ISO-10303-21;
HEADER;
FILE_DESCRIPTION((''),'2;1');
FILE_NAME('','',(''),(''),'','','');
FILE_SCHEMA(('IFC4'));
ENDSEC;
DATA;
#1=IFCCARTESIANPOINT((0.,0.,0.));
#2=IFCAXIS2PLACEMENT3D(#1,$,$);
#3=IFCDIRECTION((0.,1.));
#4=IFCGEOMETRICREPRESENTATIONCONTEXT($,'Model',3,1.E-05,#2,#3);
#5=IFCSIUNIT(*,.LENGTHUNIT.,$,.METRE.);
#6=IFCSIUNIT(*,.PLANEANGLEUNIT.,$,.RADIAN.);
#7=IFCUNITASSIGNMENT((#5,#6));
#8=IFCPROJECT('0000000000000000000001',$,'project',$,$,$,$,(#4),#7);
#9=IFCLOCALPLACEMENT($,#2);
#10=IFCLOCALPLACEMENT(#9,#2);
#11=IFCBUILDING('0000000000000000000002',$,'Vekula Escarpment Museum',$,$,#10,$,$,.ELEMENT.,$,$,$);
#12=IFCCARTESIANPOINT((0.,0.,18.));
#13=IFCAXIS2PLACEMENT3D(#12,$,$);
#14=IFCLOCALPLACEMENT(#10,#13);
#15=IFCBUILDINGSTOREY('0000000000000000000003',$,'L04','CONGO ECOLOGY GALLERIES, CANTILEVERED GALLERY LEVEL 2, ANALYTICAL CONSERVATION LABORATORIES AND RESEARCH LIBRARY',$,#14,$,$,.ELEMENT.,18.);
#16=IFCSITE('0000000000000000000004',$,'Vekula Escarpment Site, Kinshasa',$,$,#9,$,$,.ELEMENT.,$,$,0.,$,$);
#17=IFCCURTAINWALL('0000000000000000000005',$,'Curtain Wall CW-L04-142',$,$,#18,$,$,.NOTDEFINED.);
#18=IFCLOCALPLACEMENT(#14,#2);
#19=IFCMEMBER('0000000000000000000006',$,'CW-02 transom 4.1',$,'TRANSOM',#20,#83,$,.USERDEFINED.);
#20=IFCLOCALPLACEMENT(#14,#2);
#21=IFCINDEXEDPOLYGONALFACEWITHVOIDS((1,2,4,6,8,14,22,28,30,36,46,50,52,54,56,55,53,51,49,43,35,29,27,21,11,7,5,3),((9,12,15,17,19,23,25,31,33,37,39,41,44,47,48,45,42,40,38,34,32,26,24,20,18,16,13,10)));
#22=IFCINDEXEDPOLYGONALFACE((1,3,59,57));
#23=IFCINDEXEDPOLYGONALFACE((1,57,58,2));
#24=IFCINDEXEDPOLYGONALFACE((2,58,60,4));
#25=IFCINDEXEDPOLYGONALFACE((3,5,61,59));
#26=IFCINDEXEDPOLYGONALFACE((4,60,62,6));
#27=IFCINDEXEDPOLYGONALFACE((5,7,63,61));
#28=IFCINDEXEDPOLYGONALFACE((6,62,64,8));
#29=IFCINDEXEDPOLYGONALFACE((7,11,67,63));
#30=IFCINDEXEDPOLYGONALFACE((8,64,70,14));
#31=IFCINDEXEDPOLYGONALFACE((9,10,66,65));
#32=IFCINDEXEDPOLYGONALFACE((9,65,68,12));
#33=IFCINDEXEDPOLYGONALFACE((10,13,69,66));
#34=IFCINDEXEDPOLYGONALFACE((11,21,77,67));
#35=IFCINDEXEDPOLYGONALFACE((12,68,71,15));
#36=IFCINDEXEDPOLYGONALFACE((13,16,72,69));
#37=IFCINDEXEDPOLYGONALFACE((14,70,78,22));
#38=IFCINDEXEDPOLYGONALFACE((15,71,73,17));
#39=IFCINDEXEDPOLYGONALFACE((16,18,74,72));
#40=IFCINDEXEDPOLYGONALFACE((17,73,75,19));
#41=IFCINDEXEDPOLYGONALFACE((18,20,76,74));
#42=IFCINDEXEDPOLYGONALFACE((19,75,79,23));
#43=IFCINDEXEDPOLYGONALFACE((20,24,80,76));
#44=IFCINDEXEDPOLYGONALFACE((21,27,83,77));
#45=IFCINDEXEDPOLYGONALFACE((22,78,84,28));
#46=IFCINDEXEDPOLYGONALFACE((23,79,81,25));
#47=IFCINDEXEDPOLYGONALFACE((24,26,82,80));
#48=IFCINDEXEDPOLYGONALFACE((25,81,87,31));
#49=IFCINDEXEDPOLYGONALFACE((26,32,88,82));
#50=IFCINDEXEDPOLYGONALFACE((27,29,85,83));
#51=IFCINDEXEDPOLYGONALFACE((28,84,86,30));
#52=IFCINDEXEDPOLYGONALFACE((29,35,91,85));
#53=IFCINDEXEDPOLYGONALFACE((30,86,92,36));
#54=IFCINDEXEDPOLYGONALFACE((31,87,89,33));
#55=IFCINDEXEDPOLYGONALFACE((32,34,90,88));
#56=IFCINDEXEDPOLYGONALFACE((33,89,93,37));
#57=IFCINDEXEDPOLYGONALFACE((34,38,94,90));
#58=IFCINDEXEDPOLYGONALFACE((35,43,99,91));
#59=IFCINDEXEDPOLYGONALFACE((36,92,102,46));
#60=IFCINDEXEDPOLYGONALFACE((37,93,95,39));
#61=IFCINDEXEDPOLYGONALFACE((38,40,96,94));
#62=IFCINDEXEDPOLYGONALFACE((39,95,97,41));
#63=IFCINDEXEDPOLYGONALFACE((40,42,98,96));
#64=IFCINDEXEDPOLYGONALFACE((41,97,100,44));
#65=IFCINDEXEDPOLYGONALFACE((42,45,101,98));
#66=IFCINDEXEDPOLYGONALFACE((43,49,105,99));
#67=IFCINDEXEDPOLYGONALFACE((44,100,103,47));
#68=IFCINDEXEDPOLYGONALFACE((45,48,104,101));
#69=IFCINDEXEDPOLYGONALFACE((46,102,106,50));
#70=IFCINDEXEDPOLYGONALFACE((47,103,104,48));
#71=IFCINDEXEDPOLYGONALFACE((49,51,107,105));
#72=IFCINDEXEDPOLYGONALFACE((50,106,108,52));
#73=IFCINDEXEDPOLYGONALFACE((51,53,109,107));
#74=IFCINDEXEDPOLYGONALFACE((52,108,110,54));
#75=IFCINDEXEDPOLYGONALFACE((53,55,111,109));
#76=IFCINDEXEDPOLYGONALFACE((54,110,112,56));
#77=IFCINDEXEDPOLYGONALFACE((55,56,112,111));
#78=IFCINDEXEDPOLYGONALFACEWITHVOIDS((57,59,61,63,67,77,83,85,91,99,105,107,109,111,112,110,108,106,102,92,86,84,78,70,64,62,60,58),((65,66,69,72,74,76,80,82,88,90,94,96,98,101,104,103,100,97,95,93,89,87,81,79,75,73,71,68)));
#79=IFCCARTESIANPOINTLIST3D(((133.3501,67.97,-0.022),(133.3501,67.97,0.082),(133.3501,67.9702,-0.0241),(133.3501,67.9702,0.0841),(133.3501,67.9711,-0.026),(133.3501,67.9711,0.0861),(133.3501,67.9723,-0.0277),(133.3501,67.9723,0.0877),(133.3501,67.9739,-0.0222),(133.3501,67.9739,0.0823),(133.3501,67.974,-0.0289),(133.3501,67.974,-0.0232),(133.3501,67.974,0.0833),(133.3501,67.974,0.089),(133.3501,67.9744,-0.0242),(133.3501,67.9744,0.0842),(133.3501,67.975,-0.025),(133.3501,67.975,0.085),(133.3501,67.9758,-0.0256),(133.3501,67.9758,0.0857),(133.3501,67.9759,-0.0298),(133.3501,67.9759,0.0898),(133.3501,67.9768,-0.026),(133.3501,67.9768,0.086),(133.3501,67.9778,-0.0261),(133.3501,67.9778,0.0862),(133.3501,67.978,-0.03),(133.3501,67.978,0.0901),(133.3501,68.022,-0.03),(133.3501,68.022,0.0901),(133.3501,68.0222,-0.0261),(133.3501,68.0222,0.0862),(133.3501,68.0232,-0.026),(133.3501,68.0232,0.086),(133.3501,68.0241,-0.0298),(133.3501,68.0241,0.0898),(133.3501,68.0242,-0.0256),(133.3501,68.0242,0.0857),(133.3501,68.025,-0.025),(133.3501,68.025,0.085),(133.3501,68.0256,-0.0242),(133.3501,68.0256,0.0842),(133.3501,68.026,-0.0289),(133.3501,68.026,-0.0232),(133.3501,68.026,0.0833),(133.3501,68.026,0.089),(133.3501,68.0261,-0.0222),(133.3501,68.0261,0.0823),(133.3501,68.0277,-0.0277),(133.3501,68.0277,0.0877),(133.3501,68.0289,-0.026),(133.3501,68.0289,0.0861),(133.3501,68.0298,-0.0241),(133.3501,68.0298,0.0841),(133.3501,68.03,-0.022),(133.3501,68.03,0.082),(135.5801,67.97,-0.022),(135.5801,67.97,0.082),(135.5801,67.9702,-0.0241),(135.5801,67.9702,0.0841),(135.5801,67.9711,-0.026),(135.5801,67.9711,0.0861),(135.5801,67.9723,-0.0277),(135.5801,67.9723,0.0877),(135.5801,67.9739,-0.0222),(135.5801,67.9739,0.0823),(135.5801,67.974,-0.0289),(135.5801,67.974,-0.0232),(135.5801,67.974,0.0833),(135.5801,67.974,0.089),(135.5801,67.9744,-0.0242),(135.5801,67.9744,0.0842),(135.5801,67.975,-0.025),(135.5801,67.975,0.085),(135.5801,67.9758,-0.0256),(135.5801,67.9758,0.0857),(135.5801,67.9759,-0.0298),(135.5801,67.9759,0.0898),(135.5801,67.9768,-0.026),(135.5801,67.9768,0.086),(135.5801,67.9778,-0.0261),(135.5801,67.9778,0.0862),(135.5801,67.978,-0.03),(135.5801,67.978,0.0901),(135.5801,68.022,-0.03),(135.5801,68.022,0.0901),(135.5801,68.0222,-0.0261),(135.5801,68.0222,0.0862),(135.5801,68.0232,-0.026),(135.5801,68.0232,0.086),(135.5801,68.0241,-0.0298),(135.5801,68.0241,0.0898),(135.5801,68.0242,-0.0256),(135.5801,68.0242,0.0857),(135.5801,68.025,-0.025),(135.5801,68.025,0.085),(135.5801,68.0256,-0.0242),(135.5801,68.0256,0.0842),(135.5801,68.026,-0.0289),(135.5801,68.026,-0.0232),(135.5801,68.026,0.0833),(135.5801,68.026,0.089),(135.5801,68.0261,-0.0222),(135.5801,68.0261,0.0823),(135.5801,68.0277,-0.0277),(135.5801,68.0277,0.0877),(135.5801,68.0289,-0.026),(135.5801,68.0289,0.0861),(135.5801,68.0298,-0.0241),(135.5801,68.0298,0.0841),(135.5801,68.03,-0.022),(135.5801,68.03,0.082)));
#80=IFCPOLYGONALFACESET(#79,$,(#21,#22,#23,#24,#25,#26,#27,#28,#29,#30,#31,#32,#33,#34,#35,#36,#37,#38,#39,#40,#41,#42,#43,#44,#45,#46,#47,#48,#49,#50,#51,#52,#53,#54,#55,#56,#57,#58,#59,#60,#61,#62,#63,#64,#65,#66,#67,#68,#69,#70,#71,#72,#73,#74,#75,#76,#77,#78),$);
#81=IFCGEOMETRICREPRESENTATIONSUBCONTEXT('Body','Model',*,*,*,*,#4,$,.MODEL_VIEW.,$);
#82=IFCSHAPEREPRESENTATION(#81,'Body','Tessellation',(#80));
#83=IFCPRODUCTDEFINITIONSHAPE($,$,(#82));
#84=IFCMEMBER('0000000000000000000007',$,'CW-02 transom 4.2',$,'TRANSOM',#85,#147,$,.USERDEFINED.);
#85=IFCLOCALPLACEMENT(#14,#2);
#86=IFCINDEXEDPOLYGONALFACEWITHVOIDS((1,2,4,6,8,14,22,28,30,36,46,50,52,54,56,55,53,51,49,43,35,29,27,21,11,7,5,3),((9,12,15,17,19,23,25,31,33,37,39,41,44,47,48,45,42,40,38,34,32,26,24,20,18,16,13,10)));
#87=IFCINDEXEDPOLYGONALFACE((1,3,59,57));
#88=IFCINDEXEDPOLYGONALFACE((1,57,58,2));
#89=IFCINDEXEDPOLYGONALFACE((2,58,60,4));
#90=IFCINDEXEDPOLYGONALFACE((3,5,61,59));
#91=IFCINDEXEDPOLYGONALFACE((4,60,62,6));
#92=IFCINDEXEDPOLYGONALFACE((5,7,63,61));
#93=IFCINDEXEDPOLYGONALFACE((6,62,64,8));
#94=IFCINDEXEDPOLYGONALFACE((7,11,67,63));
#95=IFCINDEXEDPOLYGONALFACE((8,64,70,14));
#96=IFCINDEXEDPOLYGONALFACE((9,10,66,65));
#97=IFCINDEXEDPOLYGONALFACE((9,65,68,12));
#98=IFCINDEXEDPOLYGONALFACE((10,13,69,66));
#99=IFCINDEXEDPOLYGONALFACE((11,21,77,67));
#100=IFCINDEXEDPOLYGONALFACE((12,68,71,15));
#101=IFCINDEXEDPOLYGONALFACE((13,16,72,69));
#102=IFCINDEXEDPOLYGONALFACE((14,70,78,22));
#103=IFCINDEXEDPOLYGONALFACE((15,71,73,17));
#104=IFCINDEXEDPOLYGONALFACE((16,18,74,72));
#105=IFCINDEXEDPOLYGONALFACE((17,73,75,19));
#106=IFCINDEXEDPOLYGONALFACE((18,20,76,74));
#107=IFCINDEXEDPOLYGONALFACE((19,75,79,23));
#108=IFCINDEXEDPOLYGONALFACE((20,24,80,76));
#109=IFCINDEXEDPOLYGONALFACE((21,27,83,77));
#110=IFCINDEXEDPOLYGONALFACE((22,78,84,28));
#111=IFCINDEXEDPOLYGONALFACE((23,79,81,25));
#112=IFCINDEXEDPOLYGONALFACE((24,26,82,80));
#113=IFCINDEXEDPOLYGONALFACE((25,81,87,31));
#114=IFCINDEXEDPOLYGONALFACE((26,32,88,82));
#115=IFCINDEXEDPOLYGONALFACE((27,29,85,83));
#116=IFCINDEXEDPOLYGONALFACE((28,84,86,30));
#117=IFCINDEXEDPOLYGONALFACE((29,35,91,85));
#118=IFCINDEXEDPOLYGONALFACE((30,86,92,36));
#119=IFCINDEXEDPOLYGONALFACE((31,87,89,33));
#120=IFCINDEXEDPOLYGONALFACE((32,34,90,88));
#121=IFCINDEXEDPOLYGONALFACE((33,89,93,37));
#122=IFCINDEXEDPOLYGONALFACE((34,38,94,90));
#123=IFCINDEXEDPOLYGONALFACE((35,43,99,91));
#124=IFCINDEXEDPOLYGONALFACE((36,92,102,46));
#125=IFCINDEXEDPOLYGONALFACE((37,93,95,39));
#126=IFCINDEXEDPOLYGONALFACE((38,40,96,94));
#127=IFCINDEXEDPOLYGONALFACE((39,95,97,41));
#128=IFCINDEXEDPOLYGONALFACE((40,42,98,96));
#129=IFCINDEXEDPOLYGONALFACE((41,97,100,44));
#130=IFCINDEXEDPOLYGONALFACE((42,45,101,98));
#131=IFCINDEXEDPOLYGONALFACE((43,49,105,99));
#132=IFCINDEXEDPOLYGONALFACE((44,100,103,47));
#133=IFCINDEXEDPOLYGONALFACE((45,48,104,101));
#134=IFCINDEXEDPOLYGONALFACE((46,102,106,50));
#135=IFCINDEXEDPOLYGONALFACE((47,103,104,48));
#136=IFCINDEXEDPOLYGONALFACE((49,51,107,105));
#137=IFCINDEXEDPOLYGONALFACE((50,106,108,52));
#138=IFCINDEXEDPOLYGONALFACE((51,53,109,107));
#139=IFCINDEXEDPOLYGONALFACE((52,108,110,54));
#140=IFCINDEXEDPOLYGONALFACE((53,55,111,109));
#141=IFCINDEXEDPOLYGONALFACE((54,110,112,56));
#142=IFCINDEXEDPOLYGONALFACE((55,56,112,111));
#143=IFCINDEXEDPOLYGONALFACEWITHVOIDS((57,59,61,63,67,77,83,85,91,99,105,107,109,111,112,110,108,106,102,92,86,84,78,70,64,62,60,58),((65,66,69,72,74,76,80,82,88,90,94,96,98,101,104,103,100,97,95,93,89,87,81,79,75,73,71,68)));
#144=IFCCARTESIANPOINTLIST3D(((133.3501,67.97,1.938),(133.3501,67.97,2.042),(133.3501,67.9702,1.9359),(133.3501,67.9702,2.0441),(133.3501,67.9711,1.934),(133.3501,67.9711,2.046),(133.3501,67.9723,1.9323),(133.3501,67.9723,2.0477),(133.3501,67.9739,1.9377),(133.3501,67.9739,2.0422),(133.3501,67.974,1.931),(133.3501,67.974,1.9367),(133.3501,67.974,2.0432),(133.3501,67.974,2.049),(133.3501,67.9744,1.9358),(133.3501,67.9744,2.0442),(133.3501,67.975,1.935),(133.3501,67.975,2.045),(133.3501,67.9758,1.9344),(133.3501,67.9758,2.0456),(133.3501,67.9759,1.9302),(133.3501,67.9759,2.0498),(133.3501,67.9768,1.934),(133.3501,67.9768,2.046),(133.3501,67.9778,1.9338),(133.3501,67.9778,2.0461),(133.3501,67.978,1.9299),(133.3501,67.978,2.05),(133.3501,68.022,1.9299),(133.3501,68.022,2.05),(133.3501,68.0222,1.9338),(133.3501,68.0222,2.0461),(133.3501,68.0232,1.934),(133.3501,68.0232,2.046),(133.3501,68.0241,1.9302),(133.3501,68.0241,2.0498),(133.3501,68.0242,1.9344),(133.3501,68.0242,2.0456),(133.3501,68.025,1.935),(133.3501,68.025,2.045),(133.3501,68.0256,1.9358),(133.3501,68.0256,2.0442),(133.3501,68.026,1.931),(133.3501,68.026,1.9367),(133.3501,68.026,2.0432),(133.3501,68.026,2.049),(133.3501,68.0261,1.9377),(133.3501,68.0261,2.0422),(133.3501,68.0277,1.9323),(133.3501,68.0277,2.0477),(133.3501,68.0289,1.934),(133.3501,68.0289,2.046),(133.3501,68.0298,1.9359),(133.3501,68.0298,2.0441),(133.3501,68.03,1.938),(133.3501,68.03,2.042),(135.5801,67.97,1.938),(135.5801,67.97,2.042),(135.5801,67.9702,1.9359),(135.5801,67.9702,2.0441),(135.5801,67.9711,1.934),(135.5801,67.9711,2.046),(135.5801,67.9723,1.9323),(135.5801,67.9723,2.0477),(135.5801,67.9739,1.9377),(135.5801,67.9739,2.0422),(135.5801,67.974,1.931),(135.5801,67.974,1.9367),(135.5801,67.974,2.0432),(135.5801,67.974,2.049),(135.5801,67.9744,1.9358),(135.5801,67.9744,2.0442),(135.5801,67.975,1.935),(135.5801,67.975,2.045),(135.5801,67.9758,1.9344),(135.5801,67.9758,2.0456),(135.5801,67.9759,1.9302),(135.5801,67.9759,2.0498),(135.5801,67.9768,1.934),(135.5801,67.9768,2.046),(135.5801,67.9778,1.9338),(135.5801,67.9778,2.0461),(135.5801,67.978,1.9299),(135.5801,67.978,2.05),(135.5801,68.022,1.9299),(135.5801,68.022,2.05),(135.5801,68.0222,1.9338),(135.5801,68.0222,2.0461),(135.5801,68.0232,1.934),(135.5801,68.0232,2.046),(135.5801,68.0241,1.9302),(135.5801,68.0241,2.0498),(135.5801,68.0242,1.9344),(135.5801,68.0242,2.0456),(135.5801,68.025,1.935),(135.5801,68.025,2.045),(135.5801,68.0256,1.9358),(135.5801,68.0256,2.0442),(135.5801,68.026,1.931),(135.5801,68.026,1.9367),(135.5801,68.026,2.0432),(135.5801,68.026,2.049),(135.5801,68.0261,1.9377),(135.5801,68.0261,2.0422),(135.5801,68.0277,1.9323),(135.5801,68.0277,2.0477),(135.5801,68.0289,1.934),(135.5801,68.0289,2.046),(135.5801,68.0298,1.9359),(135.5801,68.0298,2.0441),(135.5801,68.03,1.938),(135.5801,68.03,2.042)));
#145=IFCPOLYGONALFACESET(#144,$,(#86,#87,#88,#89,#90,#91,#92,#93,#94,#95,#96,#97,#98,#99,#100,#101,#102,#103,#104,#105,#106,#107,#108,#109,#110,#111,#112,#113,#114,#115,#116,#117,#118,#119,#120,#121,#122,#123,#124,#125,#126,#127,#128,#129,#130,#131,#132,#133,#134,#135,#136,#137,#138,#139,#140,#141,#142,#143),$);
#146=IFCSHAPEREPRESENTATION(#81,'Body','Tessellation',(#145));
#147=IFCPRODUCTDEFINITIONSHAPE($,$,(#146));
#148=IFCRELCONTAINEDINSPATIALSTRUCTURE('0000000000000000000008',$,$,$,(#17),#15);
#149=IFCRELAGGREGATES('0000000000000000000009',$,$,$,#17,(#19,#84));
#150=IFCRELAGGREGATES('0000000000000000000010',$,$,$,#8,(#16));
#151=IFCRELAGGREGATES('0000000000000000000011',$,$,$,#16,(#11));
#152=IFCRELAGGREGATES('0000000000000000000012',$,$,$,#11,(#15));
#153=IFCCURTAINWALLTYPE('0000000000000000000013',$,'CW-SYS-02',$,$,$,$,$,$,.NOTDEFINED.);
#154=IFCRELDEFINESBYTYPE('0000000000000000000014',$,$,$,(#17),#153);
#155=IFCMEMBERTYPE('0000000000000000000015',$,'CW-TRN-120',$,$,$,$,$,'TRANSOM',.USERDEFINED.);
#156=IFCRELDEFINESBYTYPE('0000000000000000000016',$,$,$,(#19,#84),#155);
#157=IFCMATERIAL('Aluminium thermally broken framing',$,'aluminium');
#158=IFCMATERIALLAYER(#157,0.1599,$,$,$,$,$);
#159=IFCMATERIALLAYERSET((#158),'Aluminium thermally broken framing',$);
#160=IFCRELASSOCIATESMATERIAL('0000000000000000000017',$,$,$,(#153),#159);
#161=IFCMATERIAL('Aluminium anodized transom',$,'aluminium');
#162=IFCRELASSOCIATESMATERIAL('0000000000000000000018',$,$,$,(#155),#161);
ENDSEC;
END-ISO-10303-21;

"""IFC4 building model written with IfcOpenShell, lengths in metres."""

from ifc_helpers import new_model, si_unit, direction, frame, origin, origin_2d, place, context, subcontext, project, spatial, hollow_rectangle, extrude, material, layer, layer_set, material_profile, profile_set, type_object, element, aggregate, save


model = new_model("IFC4")

# Units and contexts
model_context = context("Model", 3, precision=1e-05, world=origin(), true_north=direction((0.0, 1.0)))
body_context = subcontext(model_context, "Body", "Model", "MODEL_VIEW")
ifc_project = project(units=[si_unit("LENGTHUNIT", "METRE"), si_unit("PLANEANGLEUNIT", "RADIAN")], contexts=[model_context])

# Site, building, storey
site_placement = place(None, origin())
site = spatial("IfcSite", under=ifc_project, at=site_placement, Name="Vekula Escarpment Site, Kinshasa", CompositionType="ELEMENT", RefElevation=0.0)
building_placement = place(site_placement, origin())
building = spatial("IfcBuilding", under=site, at=building_placement, Name="Vekula Escarpment Museum", CompositionType="ELEMENT")
storey_placement = place(building_placement, frame((0.0, 0.0, 18.0)))
storey = spatial("IfcBuildingStorey", under=building, at=storey_placement, Name="L04", Description="CONGO ECOLOGY GALLERIES, CANTILEVERED GALLERY LEVEL 2, ANALYTICAL CONSERVATION LABORATORIES AND RESEARCH LIBRARY", CompositionType="ELEMENT", Elevation=18.0)

# Curtain wall
ifc_material_1 = material(Name="Aluminium thermally broken framing", Category="aluminium")
ifc_layer_1 = layer(ifc_material_1, 0.1599)
ifc_layer_set_1 = layer_set([ifc_layer_1], Name="Aluminium thermally broken framing")
curtain_wall_type_1 = type_object("IfcCurtainWallType", Name="CW-SYS-02", PredefinedType="NOTDEFINED", material=ifc_layer_set_1)
curtain_wall_1_placement = place(storey_placement, origin())
curtain_wall_1 = element("IfcCurtainWall", 1, at=curtain_wall_1_placement, inside=storey, type_object=curtain_wall_type_1, Name="Curtain Wall CW-L04-142", PredefinedType="NOTDEFINED")

# Members
ifc_material_2 = material(Name="Aluminium anodized transom", Category="aluminium")
ifc_material_profile_1 = material_profile(ifc_material_2, hollow_rectangle(XDim=0.0601, YDim=0.1201, WallThickness=0.0039, InnerFilletRadius=0.0039, OuterFilletRadius=0.0081, at=origin_2d()), Name="ALU 120x60x4")
ifc_profile_set_1 = profile_set([ifc_material_profile_1], Name="Aluminium anodized transom")
member_type_1 = type_object("IfcMemberType", Name="CW-TRN-120", ElementType="TRANSOM", PredefinedType="USERDEFINED", material=ifc_profile_set_1)
member_1_placement = place(storey_placement, frame((133.3501, 68.0, 0.03), z_axis=(1.0, 0.0, 0.0), x_axis=(0.0, 1.0, 0.0)))
member_1 = element("IfcMember", 2, at=member_1_placement, type_object=member_type_1, Name="CW-02 transom 4.1", ObjectType="TRANSOM", PredefinedType="USERDEFINED", context=body_context, shape_type="SweptSolid", body=[
    extrude(hollow_rectangle(XDim=0.0601, YDim=0.1201, WallThickness=0.0039, InnerFilletRadius=0.0039, OuterFilletRadius=0.0081, at=origin_2d()), origin(), (0.0, 0.0, 1.0), 2.23),
])
member_2_placement = place(storey_placement, frame((133.3501, 68.0, 1.99), z_axis=(1.0, 0.0, 0.0), x_axis=(0.0, 1.0, 0.0)))
member_2 = element("IfcMember", 3, at=member_2_placement, type_object=member_type_1, Name="CW-02 transom 4.2", ObjectType="TRANSOM", PredefinedType="USERDEFINED", context=body_context, shape_type="SweptSolid", body=[
    extrude(hollow_rectangle(XDim=0.0601, YDim=0.1201, WallThickness=0.0039, InnerFilletRadius=0.0039, OuterFilletRadius=0.0081, at=origin_2d()), origin(), (0.0, 0.0, 1.0), 2.23),
])

aggregate(curtain_wall_1, [member_1, member_2])

save(model, "model.ifc")
